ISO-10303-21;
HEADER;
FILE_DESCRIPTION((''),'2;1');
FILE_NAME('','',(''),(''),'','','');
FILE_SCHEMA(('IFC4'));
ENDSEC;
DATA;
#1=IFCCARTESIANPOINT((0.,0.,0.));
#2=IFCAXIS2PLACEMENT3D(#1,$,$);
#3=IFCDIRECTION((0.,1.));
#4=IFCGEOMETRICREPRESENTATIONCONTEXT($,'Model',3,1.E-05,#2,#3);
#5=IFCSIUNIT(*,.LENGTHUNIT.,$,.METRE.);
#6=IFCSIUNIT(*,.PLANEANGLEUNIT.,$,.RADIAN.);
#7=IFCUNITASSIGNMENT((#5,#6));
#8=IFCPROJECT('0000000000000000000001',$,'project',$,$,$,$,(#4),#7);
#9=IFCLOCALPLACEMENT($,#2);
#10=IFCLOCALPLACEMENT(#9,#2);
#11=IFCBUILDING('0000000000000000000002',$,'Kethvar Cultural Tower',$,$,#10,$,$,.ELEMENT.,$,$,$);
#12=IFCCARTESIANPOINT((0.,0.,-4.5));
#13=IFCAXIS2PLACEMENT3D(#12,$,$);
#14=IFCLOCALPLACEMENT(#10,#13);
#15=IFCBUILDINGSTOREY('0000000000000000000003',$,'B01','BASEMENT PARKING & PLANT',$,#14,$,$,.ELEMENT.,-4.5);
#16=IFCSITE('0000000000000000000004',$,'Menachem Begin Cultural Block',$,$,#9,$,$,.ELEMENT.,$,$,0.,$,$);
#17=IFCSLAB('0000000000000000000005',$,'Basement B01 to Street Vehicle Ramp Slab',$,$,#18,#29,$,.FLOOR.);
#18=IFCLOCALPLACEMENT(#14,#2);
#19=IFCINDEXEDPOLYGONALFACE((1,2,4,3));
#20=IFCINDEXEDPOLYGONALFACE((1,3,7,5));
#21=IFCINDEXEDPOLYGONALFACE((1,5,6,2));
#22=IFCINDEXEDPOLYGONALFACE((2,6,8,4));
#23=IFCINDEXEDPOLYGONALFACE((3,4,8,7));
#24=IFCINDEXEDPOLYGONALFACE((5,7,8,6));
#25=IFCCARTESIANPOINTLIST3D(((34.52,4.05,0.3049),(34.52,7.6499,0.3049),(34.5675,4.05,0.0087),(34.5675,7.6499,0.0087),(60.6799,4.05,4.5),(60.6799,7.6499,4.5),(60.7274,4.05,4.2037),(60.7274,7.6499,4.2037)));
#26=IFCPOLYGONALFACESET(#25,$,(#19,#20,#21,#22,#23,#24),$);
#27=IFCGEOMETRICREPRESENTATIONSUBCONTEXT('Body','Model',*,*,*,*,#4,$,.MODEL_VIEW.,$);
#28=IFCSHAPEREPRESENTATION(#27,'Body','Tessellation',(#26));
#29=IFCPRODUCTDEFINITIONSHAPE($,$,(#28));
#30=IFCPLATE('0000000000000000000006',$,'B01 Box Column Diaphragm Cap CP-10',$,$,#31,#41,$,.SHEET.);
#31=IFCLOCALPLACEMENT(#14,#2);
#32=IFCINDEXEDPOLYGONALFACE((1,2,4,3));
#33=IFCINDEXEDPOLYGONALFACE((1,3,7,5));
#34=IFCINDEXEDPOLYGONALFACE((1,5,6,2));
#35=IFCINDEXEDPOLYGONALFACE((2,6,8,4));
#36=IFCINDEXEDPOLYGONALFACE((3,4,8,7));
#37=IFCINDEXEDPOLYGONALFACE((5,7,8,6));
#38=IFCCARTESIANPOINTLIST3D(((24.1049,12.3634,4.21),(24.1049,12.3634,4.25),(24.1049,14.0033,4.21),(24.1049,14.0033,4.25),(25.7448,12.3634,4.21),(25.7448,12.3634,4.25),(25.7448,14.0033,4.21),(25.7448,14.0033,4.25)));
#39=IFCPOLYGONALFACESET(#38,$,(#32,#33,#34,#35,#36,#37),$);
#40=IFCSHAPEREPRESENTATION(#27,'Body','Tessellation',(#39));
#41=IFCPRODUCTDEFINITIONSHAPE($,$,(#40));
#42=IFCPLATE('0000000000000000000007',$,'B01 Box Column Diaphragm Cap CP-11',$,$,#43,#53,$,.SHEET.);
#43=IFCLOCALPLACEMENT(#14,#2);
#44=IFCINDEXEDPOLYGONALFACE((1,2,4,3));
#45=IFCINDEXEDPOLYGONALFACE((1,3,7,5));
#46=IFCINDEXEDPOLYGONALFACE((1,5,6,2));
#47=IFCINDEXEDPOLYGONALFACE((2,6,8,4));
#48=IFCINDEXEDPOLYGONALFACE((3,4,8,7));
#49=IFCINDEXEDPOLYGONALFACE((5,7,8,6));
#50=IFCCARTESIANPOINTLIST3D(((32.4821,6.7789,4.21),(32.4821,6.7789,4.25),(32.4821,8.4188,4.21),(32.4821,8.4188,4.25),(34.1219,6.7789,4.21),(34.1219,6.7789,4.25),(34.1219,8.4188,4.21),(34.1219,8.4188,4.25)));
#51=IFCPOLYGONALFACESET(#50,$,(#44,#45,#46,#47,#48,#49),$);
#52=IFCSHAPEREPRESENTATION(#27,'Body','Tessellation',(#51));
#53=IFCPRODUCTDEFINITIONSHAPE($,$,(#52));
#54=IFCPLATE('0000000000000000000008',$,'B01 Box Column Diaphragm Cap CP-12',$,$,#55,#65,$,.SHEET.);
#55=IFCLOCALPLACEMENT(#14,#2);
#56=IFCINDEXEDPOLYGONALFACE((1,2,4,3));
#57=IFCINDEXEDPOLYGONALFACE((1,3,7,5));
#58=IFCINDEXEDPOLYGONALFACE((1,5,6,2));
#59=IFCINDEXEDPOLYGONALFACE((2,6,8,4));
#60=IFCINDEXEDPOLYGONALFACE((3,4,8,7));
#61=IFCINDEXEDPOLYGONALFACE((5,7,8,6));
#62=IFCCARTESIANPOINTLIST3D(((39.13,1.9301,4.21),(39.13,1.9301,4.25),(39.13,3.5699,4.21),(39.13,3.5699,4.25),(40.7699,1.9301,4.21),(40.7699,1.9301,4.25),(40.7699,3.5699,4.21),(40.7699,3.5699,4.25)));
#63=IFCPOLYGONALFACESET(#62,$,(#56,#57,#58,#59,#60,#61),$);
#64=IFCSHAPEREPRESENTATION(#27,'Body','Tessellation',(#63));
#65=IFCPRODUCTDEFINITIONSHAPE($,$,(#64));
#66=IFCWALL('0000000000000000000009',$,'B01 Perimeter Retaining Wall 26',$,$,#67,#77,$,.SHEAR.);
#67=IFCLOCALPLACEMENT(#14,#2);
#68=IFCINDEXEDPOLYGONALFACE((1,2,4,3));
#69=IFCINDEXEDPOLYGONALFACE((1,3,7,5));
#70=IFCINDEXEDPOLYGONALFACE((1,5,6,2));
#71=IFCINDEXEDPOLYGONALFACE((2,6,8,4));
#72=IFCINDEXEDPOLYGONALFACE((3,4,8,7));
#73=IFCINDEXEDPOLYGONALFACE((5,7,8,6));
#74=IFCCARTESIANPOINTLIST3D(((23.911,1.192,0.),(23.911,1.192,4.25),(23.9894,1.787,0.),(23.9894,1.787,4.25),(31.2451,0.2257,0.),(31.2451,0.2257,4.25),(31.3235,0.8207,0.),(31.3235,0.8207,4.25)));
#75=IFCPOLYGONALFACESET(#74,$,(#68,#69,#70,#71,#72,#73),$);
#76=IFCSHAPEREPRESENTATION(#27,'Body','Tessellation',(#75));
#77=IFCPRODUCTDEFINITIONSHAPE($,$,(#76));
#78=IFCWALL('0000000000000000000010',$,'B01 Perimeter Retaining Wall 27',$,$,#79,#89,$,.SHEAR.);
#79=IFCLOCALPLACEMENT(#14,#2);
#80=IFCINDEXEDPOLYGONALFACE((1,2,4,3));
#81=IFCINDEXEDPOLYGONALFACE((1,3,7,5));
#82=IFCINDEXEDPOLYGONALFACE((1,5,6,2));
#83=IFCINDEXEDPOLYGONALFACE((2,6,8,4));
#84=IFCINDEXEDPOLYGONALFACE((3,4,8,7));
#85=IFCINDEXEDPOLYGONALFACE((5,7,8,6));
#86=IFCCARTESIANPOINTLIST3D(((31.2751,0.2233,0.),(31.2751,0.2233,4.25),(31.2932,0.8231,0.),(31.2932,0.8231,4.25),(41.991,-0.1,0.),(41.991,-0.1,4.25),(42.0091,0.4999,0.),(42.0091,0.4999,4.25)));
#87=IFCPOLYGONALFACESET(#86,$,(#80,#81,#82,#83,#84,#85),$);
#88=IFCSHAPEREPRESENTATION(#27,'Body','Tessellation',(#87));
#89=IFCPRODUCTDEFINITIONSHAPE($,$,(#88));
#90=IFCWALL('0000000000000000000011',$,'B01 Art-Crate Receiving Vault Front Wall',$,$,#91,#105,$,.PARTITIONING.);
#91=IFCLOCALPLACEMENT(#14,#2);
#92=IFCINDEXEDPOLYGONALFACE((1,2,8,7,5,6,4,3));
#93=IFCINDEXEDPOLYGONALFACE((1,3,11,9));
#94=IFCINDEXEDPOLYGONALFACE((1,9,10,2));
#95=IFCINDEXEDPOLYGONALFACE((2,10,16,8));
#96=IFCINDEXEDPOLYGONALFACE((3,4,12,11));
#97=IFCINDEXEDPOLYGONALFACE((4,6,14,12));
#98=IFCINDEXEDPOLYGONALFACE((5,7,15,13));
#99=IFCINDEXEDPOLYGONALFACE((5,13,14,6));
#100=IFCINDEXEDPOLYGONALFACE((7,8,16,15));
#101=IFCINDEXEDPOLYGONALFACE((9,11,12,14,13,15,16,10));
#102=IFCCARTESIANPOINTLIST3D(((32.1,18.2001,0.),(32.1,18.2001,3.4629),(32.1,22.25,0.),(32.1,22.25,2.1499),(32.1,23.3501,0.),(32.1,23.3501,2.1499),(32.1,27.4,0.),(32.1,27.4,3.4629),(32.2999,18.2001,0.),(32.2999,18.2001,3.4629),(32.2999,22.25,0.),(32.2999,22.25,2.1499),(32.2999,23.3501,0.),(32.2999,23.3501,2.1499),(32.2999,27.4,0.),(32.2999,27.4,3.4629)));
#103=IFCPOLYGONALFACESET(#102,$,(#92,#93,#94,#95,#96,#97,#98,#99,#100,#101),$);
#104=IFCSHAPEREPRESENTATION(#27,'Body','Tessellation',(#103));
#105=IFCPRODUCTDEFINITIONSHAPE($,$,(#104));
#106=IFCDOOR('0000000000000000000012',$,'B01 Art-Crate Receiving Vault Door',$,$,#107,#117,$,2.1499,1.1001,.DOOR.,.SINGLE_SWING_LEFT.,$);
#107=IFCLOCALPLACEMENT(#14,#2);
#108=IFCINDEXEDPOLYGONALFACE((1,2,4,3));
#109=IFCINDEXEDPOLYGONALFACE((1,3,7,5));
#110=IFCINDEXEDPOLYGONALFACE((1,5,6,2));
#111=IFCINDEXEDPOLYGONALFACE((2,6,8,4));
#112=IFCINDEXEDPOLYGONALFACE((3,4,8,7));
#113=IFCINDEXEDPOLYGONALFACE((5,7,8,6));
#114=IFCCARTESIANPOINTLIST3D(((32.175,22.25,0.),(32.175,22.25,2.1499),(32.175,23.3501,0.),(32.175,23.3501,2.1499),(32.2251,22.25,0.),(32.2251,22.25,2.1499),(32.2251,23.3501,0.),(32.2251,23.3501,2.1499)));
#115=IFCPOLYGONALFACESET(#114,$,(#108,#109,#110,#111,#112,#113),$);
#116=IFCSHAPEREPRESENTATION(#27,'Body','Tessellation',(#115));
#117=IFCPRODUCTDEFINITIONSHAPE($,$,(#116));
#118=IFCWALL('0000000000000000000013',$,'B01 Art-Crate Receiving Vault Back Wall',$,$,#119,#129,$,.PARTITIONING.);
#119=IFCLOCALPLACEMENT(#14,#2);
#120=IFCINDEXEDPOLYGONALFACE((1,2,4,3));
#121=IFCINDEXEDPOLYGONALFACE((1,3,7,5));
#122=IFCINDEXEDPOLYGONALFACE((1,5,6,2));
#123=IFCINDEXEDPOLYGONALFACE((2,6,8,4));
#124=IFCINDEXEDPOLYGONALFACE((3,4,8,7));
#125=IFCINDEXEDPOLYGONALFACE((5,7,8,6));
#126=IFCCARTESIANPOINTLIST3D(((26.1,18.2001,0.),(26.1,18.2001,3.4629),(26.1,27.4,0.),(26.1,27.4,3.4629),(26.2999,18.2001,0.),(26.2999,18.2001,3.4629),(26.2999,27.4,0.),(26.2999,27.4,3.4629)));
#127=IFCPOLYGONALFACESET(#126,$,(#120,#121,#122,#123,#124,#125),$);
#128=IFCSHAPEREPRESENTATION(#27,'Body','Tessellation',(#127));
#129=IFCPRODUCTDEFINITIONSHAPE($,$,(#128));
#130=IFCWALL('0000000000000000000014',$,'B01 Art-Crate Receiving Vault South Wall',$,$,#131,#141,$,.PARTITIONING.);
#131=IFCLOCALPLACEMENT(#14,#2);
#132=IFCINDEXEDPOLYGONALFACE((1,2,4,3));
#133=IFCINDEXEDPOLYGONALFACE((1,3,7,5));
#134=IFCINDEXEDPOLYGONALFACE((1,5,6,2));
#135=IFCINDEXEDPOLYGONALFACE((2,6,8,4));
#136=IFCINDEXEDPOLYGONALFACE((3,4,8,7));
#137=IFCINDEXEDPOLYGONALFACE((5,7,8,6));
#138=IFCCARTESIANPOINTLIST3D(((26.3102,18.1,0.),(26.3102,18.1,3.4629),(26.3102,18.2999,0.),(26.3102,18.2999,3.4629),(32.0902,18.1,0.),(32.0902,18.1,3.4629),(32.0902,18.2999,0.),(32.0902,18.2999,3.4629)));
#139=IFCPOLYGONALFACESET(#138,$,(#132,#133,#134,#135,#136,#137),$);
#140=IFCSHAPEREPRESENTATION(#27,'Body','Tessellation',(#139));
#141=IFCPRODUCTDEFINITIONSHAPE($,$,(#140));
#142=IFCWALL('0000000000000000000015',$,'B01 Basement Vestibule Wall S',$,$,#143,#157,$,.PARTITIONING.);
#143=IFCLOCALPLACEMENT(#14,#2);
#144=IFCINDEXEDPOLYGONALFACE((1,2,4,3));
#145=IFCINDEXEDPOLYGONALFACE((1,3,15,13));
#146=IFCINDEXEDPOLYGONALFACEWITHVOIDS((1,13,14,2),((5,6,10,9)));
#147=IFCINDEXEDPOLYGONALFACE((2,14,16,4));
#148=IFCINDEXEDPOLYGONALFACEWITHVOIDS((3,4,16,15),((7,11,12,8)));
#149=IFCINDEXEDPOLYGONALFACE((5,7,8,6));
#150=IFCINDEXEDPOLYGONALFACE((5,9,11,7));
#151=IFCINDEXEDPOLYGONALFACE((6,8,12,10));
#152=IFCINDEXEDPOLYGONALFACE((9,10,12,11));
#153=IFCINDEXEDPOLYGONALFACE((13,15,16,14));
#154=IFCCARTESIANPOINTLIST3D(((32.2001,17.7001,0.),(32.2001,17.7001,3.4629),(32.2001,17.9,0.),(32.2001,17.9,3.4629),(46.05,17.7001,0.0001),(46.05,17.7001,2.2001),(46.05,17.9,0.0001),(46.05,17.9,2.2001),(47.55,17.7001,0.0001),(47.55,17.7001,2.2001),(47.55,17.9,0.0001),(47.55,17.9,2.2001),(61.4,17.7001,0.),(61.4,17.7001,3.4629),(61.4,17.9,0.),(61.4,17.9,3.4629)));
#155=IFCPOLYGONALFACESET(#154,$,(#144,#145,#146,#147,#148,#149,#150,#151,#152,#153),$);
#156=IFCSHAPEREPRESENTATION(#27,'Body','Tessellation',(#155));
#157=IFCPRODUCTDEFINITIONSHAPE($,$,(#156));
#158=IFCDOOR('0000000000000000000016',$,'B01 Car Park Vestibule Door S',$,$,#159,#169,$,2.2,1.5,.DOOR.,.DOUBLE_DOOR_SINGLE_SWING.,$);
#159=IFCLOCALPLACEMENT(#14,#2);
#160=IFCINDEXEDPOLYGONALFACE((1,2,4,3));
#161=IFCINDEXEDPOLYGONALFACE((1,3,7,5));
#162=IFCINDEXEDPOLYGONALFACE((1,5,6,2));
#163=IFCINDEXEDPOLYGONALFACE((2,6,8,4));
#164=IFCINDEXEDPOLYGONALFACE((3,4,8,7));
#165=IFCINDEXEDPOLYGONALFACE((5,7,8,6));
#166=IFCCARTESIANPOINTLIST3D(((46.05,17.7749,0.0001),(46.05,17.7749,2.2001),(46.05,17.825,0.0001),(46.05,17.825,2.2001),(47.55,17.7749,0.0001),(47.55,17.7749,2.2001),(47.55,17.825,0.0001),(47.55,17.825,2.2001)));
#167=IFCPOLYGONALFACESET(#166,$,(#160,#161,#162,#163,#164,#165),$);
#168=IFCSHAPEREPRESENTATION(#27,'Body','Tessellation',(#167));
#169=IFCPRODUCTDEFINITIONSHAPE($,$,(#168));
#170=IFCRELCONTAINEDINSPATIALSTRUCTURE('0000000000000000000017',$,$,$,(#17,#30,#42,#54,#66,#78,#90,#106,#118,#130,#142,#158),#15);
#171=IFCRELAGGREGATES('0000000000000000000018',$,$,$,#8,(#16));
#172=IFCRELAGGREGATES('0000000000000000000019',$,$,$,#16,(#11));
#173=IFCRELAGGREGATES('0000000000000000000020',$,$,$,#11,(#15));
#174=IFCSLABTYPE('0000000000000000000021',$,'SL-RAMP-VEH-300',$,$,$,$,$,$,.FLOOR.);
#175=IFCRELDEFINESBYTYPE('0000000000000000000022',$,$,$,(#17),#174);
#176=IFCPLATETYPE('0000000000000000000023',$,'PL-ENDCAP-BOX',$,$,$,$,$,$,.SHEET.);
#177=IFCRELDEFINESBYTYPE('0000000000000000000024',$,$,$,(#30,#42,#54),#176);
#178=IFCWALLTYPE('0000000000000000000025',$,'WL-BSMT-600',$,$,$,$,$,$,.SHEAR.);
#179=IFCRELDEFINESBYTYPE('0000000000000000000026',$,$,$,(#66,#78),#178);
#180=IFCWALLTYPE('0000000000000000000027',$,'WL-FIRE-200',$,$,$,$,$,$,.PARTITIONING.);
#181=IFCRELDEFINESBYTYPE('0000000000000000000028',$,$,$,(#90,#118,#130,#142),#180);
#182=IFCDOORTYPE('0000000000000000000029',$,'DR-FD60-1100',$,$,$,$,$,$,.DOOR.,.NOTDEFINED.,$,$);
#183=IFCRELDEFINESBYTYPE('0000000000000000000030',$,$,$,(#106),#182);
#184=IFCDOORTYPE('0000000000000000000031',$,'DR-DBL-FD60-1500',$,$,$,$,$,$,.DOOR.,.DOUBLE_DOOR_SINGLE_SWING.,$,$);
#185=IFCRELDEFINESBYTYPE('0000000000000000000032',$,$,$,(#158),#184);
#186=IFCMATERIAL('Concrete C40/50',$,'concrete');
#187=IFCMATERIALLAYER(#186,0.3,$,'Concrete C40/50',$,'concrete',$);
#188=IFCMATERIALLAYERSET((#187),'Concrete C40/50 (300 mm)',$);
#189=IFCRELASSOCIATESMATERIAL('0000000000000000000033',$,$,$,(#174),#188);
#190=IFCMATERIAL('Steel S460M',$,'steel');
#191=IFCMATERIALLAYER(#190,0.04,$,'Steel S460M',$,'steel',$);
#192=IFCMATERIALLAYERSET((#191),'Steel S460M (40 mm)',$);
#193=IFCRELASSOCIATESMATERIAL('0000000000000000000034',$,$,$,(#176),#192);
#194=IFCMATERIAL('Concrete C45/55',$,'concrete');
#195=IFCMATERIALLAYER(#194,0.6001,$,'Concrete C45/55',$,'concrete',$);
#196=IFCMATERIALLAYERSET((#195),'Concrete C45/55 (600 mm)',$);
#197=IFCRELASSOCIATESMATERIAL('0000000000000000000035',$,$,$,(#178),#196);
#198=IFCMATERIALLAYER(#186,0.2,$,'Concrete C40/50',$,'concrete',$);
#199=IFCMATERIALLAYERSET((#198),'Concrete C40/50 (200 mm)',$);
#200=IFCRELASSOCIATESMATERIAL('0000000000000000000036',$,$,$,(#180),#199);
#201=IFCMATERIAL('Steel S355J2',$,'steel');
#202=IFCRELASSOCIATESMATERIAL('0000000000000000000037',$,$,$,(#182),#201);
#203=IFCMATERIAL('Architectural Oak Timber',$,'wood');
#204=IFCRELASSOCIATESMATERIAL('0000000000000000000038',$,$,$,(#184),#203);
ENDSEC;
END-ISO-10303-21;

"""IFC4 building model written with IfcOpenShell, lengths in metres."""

from ifc_helpers import new_model, si_unit, direction, frame, frame_2d, origin, origin_2d, place, context, subcontext, project, spatial, polyline, rectangle, outline, extrude, source, transform, mapped, material, layer, layer_set, type_object, element, fill, save


model = new_model("IFC4")

# Units and contexts
model_context = context("Model", 3, precision=1e-05, world=origin(), true_north=direction((0.0, 1.0)))
body_context = subcontext(model_context, "Body", "Model", "MODEL_VIEW")
ifc_project = project(units=[si_unit("LENGTHUNIT", "METRE"), si_unit("PLANEANGLEUNIT", "RADIAN")], contexts=[model_context])

# Site, building, storey
site_placement = place(None, origin())
site = spatial("IfcSite", under=ifc_project, at=site_placement, Name="Menachem Begin Cultural Block", CompositionType="ELEMENT", RefElevation=0.0)
building_placement = place(site_placement, origin())
building = spatial("IfcBuilding", under=site, at=building_placement, Name="Kethvar Cultural Tower", CompositionType="ELEMENT")
storey_placement = place(building_placement, frame((0.0, 0.0, -4.5)))
storey = spatial("IfcBuildingStorey", under=building, at=storey_placement, Name="B01", Description="BASEMENT PARKING & PLANT", CompositionType="ELEMENT", Elevation=-4.5)

# Shared definitions
ifc_material_1 = material(Name="Steel S460M", Category="steel")

# Shared definitions
ifc_material_2 = material(Name="Steel S355J2", Category="steel")

# Slab
ifc_material_3 = material(Name="Concrete C40/50", Category="concrete")
ifc_layer_1 = layer(ifc_material_3, 0.3, Name="Concrete C40/50", Category="concrete")
ifc_layer_set_1 = layer_set([ifc_layer_1], Name="Concrete C40/50 (300 mm)")
slab_type = type_object("IfcSlabType", Name="SL-RAMP-VEH-300", PredefinedType="FLOOR", material=ifc_layer_set_1)
slab_placement = place(storey_placement, frame((34.52, 4.05, 0.3049), z_axis=(-0.158339, 0.0, 0.987385), x_axis=(0.987385, 0.0, 0.158339)))
element("IfcSlab", 1, at=slab_placement, inside=storey, type_object=slab_type, Name="Basement B01 to Street Vehicle Ramp Slab", PredefinedType="FLOOR", context=body_context, shape_type="SweptSolid", body=[
    extrude(outline(polyline([(0.0, 0.0), (26.4941, 0.0), (26.4941, 3.5999), (0.0, 3.5999), (0.0, 0.0)])), origin(), (0.0, 0.0, -1.0), 0.3),
])

# Plates
ifc_layer_2 = layer(ifc_material_1, 0.04, Name="Steel S460M", Category="steel")
ifc_layer_set_2 = layer_set([ifc_layer_2], Name="Steel S460M (40 mm)")
plate_type = type_object("IfcPlateType", Name="PL-ENDCAP-BOX", PredefinedType="SHEET", material=ifc_layer_set_2)
shared_shape_1 = source(origin(), body_context, "Body", "SweptSolid", [
    extrude(rectangle(XDim=1.6399, YDim=1.6399, at=origin_2d()), origin(), (0.0, 0.0, 1.0), 0.04),
])
for number, where, z_axis, x_axis, name in (
    (2, (24.9248, 13.1833, 4.21), (0.0, 0.0, 1.0), (1.0, 0.0, 0.0), "B01 Box Column Diaphragm Cap CP-10"),
    (3, (33.302, 7.5989, 4.21), (0.0, 0.0, 1.0), (1.0, 0.0, 0.0), "B01 Box Column Diaphragm Cap CP-11"),
    (4, (39.95, 2.75, 4.21), (0.0, 0.0, 1.0), (1.0, 0.0, 0.0), "B01 Box Column Diaphragm Cap CP-12"),
):
    element("IfcPlate", number, at=place(storey_placement, frame(where, z_axis=z_axis, x_axis=x_axis)), inside=storey, type_object=plate_type, Name=name, PredefinedType="SHEET", context=body_context, shape_type="MappedRepresentation", body=[
        mapped(shared_shape_1, transform((0.0, 0.0, 0.0), scale=1.0)),
    ])

# Walls
ifc_material_4 = material(Name="Concrete C45/55", Category="concrete")
ifc_layer_3 = layer(ifc_material_4, 0.6001, Name="Concrete C45/55", Category="concrete")
ifc_layer_set_3 = layer_set([ifc_layer_3], Name="Concrete C45/55 (600 mm)")
wall_type_1 = type_object("IfcWallType", Name="WL-BSMT-600", PredefinedType="SHEAR", material=ifc_layer_set_3)
wall_1_placement = place(storey_placement, frame((23.9502, 1.4895, 0.0), z_axis=(0.0, 0.0, 1.0), x_axis=(0.991431, -0.130629, 0.0)))
element("IfcWall", 5, at=wall_1_placement, inside=storey, type_object=wall_type_1, Name="B01 Perimeter Retaining Wall 26", PredefinedType="SHEAR", context=body_context, shape_type="SweptSolid", body=[
    extrude(rectangle(XDim=7.3975, YDim=0.6001, at=frame_2d((3.6987, 0.0))), origin(), (0.0, 0.0, 1.0), 4.25),
])
wall_2_placement = place(storey_placement, frame((31.2842, 0.5232, 0.0), z_axis=(0.0, 0.0, 1.0), x_axis=(0.999545, -0.030151, 0.0)))
element("IfcWall", 6, at=wall_2_placement, inside=storey, type_object=wall_type_1, Name="B01 Perimeter Retaining Wall 27", PredefinedType="SHEAR", context=body_context, shape_type="SweptSolid", body=[
    extrude(rectangle(XDim=10.7207, YDim=0.6001, at=frame_2d((5.3604, 0.0))), origin(), (0.0, 0.0, 1.0), 4.25),
])

# Wall, opening, door
ifc_layer_4 = layer(ifc_material_3, 0.2, Name="Concrete C40/50", Category="concrete")
ifc_layer_set_4 = layer_set([ifc_layer_4], Name="Concrete C40/50 (200 mm)")
wall_type_2 = type_object("IfcWallType", Name="WL-FIRE-200", PredefinedType="PARTITIONING", material=ifc_layer_set_4)
wall_3_placement = place(storey_placement, frame((32.2, 18.2, 0.0), z_axis=(0.0, 0.0, 1.0), x_axis=(0.0, 1.0, 0.0)))
wall_3 = element("IfcWall", 7, at=wall_3_placement, inside=storey, type_object=wall_type_2, Name="B01 Art-Crate Receiving Vault Front Wall", PredefinedType="PARTITIONING", context=body_context, shape_type="SweptSolid", body=[
    extrude(rectangle(XDim=9.2, YDim=0.2, at=frame_2d((4.6001, 0.0))), origin(), (0.0, 0.0, 1.0), 3.4629),
])
opening_1_placement = place(wall_3_placement, frame((4.05, 0.0, 0.0)))
opening_1 = element("IfcOpeningElement", 8, at=opening_1_placement, cuts=wall_3, PredefinedType="OPENING", context=body_context, shape_type="SweptSolid", body=[
    extrude(rectangle(XDim=1.1001, YDim=2.1499, at=frame_2d((0.55, 1.075))), frame((0.0, 0.1099, 0.0), z_axis=(0.0, -1.0, 0.0), x_axis=(1.0, 0.0, 0.0)), (0.0, 0.0, 1.0), 0.22),
])
door_type_1 = type_object("IfcDoorType", Name="DR-FD60-1100", OperationType="NOTDEFINED", PredefinedType="DOOR", material=ifc_material_2)
shared_shape_2 = source(origin(), body_context, "Body", "SweptSolid", [
    extrude(rectangle(XDim=1.1001, YDim=2.1499, at=frame_2d((0.55, 1.075))), frame((0.0, 0.0249, 0.0), z_axis=(0.0, -1.0, 0.0), x_axis=(1.0, 0.0, 0.0)), (0.0, 0.0, 1.0), 0.05),
])
door_1_placement = place(opening_1_placement, origin())
door_1 = element("IfcDoor", 9, at=door_1_placement, inside=storey, type_object=door_type_1, Name="B01 Art-Crate Receiving Vault Door", OperationType="SINGLE_SWING_LEFT", OverallHeight=2.1499, OverallWidth=1.1001, PredefinedType="DOOR", context=body_context, shape_type="MappedRepresentation", body=[
    mapped(shared_shape_2, transform((0.0, 0.0, 0.0), scale=1.0)),
])
fill(opening_1, door_1)

# Walls
wall_4_placement = place(storey_placement, frame((26.2, 18.2, 0.0), z_axis=(0.0, 0.0, 1.0), x_axis=(0.0, 1.0, 0.0)))
element("IfcWall", 10, at=wall_4_placement, inside=storey, type_object=wall_type_2, Name="B01 Art-Crate Receiving Vault Back Wall", PredefinedType="PARTITIONING", context=body_context, shape_type="SweptSolid", body=[
    extrude(rectangle(XDim=9.2, YDim=0.2, at=frame_2d((4.6001, 0.0))), origin(), (0.0, 0.0, 1.0), 3.4629),
])
wall_5_placement = place(storey_placement, frame((26.3101, 18.2, 0.0), z_axis=(0.0, 0.0, 1.0), x_axis=(1.0, 0.0, 0.0)))
element("IfcWall", 11, at=wall_5_placement, inside=storey, type_object=wall_type_2, Name="B01 Art-Crate Receiving Vault South Wall", PredefinedType="PARTITIONING", context=body_context, shape_type="SweptSolid", body=[
    extrude(rectangle(XDim=5.78, YDim=0.2, at=frame_2d((2.8901, 0.0))), origin(), (0.0, 0.0, 1.0), 3.4629),
])

# Wall, opening, door
wall_6_placement = place(storey_placement, frame((32.2, 17.8, 0.0), z_axis=(0.0, 0.0, 1.0), x_axis=(1.0, 0.0, 0.0)))
wall_6 = element("IfcWall", 12, at=wall_6_placement, inside=storey, type_object=wall_type_2, Name="B01 Basement Vestibule Wall S", PredefinedType="PARTITIONING", context=body_context, shape_type="SweptSolid", body=[
    extrude(rectangle(XDim=29.2, YDim=0.2, at=frame_2d((14.6001, 0.0))), origin(), (0.0, 0.0, 1.0), 3.4629),
])
opening_2_placement = place(wall_6_placement, frame((13.8501, 0.0, 0.0)))
opening_2 = element("IfcOpeningElement", 13, at=opening_2_placement, cuts=wall_6, PredefinedType="OPENING", context=body_context, shape_type="SweptSolid", body=[
    extrude(rectangle(XDim=1.5, YDim=2.2, at=frame_2d((0.75, 1.1001))), frame((0.0, 0.1099, 0.0), z_axis=(0.0, -1.0, 0.0), x_axis=(1.0, 0.0, 0.0)), (0.0, 0.0, 1.0), 0.22),
])
ifc_material_5 = material(Name="Architectural Oak Timber", Category="wood")
door_type_2 = type_object("IfcDoorType", Name="DR-DBL-FD60-1500", OperationType="DOUBLE_DOOR_SINGLE_SWING", PredefinedType="DOOR", material=ifc_material_5)
shared_shape_3 = source(origin(), body_context, "Body", "SweptSolid", [
    extrude(rectangle(XDim=1.5, YDim=2.2, at=frame_2d((0.75, 1.1001))), frame((0.0, 0.0249, 0.0), z_axis=(0.0, -1.0, 0.0), x_axis=(1.0, 0.0, 0.0)), (0.0, 0.0, 1.0), 0.05),
])
door_2_placement = place(opening_2_placement, origin())
door_2 = element("IfcDoor", 14, at=door_2_placement, inside=storey, type_object=door_type_2, Name="B01 Car Park Vestibule Door S", OperationType="DOUBLE_DOOR_SINGLE_SWING", OverallHeight=2.2, OverallWidth=1.5, PredefinedType="DOOR", context=body_context, shape_type="MappedRepresentation", body=[
    mapped(shared_shape_3, transform((0.0, 0.0, 0.0), scale=1.0)),
])
fill(opening_2, door_2)

save(model, "model.ifc")
